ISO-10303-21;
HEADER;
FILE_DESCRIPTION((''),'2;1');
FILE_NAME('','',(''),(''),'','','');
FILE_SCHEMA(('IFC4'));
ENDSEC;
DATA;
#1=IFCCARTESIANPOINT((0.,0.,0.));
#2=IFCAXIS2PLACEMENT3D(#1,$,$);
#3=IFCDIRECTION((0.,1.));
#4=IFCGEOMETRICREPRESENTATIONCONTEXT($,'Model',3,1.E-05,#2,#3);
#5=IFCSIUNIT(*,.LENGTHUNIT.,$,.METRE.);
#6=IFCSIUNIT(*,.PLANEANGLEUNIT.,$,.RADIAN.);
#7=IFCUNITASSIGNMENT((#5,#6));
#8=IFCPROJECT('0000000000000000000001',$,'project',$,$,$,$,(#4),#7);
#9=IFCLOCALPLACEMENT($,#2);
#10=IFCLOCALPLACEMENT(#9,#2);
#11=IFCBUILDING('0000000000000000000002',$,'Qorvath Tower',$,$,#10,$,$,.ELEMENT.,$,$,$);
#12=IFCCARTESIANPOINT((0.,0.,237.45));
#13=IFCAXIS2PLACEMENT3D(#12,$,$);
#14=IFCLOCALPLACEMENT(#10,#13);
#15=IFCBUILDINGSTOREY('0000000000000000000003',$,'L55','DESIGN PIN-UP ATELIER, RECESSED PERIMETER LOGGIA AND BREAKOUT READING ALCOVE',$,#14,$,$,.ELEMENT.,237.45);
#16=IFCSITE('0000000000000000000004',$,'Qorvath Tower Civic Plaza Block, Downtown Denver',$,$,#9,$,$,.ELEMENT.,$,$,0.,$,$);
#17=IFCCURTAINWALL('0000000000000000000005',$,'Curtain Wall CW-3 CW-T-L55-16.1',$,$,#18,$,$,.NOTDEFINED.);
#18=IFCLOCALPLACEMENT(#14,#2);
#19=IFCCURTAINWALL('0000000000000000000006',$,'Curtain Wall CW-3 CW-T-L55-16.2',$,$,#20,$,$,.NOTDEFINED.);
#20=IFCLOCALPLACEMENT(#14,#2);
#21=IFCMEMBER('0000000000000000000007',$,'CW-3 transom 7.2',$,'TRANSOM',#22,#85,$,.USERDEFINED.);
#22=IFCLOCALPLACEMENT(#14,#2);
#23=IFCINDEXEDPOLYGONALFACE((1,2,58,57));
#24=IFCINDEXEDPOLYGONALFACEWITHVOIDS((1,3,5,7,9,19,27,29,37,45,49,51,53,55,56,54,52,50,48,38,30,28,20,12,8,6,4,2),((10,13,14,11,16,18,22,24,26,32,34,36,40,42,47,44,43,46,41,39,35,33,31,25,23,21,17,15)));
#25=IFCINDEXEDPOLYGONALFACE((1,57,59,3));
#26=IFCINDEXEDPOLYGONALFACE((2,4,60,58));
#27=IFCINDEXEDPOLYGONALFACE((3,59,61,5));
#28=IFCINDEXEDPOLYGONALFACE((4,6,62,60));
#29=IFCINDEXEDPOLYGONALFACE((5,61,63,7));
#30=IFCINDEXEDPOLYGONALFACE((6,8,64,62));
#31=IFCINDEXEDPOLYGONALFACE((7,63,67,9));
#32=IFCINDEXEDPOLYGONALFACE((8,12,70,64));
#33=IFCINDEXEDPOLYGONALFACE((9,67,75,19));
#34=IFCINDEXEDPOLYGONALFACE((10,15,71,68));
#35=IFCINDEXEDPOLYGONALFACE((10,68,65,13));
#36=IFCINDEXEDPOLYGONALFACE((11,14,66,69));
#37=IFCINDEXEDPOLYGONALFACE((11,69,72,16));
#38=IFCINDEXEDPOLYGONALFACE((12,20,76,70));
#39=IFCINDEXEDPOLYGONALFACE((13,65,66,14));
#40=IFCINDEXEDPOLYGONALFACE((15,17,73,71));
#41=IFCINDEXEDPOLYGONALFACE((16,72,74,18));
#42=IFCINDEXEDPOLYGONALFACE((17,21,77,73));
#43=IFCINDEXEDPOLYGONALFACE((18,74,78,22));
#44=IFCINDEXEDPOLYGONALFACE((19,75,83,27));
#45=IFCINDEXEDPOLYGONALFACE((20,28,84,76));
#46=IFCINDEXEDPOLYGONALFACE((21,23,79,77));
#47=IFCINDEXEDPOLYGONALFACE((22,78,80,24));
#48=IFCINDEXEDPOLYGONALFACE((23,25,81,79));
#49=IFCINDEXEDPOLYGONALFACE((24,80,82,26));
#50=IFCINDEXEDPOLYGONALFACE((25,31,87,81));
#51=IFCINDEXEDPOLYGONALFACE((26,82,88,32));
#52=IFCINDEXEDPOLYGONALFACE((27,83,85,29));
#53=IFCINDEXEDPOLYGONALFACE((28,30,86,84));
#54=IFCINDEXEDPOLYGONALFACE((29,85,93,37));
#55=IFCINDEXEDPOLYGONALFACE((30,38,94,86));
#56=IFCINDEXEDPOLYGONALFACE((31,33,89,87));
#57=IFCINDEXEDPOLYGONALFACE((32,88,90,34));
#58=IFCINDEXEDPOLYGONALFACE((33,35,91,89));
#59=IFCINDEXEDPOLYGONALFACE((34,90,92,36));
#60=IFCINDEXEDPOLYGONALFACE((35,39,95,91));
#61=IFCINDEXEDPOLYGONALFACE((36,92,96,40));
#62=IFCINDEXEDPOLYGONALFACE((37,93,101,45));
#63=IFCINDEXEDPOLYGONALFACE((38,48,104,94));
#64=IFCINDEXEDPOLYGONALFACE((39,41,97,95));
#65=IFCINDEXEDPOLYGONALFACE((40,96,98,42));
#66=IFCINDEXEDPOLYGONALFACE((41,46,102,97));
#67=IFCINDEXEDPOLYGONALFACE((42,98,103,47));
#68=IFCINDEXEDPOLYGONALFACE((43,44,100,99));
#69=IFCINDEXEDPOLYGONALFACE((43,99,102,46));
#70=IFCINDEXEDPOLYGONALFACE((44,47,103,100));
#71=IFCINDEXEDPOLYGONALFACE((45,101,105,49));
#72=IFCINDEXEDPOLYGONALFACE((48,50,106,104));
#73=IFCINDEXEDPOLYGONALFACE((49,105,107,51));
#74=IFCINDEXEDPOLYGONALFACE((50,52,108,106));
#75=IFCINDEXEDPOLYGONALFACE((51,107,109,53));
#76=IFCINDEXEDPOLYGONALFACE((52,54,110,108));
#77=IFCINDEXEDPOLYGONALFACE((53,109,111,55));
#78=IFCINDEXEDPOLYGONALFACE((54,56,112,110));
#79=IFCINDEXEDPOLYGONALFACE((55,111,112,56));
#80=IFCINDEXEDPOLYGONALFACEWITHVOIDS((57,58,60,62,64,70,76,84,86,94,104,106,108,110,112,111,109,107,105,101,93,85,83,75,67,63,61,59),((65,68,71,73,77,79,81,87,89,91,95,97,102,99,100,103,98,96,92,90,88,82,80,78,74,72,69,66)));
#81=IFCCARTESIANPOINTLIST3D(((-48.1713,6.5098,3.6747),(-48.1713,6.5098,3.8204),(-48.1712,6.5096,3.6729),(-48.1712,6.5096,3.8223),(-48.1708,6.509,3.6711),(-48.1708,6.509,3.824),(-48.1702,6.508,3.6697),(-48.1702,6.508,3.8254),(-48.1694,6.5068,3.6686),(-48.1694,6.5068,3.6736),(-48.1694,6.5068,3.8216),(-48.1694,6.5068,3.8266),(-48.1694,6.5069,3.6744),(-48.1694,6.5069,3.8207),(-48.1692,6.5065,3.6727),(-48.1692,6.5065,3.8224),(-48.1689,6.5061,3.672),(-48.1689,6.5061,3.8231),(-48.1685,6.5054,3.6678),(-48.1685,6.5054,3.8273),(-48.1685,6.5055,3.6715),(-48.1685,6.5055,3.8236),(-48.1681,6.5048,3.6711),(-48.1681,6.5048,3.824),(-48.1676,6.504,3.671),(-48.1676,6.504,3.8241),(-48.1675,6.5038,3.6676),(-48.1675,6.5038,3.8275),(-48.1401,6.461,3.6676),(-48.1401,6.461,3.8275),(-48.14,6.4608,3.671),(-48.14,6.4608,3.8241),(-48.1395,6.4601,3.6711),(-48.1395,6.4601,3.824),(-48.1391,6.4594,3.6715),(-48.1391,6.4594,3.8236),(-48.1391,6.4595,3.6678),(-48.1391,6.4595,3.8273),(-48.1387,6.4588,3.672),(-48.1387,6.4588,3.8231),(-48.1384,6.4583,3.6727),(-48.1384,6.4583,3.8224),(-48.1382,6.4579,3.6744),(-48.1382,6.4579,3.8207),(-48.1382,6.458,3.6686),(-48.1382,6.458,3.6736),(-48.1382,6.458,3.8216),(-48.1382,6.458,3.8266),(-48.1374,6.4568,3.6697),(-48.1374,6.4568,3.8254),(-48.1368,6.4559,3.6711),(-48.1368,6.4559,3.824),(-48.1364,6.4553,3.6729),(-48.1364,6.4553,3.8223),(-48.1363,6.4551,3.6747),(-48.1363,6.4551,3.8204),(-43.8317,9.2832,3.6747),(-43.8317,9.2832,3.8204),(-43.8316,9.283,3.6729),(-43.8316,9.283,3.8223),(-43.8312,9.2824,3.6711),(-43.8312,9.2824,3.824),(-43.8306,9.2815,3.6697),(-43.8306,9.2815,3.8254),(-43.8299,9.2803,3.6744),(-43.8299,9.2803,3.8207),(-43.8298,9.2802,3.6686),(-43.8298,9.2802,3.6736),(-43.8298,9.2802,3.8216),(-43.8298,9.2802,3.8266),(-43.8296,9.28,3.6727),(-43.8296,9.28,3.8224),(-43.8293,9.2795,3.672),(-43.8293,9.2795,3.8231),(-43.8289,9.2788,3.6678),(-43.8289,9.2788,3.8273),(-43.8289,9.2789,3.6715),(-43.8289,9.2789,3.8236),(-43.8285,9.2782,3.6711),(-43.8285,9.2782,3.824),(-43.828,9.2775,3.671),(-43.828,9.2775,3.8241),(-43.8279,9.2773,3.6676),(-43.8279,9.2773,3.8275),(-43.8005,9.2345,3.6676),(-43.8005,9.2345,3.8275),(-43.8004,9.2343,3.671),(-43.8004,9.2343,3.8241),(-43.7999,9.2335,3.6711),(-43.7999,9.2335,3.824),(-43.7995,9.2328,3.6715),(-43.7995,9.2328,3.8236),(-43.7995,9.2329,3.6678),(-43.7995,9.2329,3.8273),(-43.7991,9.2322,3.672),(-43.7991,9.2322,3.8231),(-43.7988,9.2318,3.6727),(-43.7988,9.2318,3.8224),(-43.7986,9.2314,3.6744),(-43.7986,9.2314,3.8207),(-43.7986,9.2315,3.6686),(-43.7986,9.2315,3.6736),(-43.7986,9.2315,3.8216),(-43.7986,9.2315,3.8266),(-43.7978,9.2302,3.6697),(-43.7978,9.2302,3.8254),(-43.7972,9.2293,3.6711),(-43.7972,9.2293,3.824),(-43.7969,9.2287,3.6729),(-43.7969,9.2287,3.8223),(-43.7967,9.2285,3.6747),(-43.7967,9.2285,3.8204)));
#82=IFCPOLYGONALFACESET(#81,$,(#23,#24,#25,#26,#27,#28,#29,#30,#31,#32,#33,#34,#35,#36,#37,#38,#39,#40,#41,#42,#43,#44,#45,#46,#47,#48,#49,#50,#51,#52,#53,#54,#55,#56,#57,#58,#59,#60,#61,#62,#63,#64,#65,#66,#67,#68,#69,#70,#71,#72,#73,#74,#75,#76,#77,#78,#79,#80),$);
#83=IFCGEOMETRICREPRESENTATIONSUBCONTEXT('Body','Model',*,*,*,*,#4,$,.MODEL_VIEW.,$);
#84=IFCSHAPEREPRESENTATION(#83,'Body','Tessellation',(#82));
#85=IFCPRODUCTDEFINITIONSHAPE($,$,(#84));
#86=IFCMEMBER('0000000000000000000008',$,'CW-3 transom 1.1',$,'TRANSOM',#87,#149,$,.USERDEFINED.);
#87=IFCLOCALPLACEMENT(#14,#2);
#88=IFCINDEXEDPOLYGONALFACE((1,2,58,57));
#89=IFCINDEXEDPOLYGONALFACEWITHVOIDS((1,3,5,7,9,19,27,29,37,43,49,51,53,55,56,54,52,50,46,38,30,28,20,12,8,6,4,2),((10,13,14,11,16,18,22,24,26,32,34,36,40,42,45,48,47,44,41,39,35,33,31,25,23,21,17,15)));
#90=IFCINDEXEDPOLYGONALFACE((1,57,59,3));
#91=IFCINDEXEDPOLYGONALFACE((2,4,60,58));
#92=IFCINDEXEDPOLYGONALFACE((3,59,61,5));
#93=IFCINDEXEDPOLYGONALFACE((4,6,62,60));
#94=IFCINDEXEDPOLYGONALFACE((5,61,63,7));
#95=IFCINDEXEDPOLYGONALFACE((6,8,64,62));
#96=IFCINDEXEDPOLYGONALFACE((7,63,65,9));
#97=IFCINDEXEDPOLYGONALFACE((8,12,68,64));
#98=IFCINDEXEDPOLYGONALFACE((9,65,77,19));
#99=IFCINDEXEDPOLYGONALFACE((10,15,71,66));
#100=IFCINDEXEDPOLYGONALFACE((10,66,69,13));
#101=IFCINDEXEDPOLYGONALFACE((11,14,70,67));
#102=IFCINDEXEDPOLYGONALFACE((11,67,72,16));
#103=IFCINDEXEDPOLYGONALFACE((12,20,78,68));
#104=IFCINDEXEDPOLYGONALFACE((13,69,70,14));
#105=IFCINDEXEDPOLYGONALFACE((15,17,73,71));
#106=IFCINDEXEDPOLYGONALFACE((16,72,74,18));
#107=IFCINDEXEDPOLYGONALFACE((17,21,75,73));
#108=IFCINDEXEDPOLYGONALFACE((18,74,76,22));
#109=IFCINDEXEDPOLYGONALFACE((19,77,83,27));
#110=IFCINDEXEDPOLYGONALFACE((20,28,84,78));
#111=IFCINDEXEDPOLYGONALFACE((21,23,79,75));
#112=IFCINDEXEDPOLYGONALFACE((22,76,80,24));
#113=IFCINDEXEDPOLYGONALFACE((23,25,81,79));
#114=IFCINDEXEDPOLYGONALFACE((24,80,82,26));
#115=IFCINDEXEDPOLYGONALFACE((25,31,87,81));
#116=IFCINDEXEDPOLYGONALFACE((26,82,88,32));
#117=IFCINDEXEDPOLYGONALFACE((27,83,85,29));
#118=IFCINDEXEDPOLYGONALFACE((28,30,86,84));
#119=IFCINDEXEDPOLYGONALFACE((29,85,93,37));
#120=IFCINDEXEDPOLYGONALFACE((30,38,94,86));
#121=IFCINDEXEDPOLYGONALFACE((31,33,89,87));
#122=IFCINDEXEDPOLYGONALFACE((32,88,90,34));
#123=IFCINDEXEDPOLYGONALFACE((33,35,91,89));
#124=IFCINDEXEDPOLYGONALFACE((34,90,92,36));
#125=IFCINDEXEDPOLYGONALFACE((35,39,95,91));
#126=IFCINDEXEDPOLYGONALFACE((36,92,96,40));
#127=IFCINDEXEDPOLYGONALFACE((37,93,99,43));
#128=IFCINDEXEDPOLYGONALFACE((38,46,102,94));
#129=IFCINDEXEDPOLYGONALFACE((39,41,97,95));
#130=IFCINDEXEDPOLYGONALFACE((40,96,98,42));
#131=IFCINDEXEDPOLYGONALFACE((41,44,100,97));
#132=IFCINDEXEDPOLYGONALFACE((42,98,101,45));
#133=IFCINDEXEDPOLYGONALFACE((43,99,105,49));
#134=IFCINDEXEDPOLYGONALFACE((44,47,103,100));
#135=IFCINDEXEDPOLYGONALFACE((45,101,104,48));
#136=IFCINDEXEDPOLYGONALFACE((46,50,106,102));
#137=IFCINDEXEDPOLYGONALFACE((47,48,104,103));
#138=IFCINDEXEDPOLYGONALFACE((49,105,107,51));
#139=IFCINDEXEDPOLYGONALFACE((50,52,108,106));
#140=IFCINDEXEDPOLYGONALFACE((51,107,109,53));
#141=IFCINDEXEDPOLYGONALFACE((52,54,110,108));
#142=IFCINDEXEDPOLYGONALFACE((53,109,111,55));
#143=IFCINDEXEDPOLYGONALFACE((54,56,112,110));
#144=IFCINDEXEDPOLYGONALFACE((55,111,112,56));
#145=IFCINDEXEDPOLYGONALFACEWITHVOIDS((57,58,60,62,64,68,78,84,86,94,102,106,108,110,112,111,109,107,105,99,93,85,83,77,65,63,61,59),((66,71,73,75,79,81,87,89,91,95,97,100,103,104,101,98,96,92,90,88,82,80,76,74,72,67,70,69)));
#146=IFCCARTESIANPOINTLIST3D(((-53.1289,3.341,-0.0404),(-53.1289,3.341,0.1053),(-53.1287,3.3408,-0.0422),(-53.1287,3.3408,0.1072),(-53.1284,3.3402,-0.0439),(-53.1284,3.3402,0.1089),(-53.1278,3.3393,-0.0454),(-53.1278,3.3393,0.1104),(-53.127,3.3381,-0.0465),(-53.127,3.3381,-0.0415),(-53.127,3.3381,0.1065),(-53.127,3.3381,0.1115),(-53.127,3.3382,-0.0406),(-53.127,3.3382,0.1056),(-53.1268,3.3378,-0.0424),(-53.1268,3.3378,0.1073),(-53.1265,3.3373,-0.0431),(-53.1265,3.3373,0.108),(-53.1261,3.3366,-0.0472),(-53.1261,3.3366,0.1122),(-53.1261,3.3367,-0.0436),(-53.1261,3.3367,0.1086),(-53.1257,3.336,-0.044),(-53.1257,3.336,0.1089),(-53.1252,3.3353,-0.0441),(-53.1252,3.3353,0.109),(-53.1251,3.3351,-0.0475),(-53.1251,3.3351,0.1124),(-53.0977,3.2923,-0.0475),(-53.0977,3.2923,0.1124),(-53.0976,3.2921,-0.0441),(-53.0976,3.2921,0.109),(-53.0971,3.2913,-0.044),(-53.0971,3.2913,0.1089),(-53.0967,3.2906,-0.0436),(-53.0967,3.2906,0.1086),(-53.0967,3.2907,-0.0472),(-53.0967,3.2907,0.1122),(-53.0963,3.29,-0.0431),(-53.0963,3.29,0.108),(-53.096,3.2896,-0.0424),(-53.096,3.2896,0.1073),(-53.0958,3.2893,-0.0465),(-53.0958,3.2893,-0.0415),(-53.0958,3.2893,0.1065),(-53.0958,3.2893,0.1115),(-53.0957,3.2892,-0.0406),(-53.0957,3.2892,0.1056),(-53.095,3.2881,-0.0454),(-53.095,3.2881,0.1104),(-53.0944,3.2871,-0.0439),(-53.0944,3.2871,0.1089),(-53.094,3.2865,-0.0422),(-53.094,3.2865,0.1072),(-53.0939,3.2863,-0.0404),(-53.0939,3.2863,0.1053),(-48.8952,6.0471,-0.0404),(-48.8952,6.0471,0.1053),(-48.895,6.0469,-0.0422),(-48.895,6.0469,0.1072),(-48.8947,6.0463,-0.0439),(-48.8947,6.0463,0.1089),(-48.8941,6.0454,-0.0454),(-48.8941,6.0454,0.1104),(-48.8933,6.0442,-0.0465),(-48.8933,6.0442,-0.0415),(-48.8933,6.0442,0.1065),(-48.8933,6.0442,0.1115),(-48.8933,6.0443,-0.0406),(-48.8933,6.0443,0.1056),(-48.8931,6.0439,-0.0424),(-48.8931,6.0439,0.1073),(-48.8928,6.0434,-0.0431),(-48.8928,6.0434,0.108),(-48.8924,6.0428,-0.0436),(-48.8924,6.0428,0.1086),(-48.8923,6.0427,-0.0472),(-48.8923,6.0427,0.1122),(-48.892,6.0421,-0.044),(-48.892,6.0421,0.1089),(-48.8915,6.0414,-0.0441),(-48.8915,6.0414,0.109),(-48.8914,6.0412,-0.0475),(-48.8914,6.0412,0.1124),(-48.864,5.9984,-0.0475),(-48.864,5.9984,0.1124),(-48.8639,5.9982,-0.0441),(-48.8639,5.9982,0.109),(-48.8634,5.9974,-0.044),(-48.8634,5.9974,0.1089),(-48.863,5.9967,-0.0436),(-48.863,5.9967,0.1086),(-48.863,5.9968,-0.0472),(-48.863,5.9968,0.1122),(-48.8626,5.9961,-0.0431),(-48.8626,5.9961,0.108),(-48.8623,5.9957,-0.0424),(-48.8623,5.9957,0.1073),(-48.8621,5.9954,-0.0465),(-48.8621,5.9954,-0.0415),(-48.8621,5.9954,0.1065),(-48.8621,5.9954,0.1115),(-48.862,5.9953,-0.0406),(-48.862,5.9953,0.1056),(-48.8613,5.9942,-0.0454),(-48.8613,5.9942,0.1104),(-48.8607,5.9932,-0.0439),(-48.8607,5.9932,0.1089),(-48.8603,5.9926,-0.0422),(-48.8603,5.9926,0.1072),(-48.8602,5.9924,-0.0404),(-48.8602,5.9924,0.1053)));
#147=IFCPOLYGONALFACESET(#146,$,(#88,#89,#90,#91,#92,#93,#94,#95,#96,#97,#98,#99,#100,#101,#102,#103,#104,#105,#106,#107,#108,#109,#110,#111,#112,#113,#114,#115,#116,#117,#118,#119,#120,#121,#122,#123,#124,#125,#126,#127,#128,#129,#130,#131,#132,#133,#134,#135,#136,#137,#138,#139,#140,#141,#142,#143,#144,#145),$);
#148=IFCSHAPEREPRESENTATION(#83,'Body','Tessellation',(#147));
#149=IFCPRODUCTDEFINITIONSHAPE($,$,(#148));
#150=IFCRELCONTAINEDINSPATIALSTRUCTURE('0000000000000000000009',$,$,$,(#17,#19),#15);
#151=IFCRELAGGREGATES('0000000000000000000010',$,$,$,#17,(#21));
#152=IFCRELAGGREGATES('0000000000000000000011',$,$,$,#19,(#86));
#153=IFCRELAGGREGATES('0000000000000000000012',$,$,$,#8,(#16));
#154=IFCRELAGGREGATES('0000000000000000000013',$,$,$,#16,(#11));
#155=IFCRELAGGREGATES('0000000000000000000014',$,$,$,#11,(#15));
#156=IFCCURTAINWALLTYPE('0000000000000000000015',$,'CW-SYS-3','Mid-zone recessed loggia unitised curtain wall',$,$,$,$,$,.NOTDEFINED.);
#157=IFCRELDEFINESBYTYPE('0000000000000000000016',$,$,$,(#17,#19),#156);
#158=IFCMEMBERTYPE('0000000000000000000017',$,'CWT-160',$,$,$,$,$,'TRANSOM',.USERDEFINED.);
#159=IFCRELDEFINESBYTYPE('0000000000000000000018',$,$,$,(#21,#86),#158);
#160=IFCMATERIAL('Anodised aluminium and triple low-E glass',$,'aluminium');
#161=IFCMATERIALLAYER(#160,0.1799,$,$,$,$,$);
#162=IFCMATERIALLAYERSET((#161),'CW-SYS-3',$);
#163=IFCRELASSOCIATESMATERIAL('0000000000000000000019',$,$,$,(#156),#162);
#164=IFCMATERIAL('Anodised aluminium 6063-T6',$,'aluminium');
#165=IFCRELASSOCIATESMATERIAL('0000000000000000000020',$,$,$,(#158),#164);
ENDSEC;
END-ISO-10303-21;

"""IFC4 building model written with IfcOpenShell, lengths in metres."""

from ifc_helpers import new_model, si_unit, direction, frame, origin, origin_2d, place, context, subcontext, project, spatial, hollow_rectangle, extrude, material, layer, layer_set, material_profile, profile_set, type_object, element, aggregate, save


model = new_model("IFC4")

# Units and contexts
model_context = context("Model", 3, precision=1e-05, world=origin(), true_north=direction((0.0, 1.0)))
body_context = subcontext(model_context, "Body", "Model", "MODEL_VIEW")
ifc_project = project(units=[si_unit("LENGTHUNIT", "METRE"), si_unit("PLANEANGLEUNIT", "RADIAN")], contexts=[model_context])

# Site, building, storey
site_placement = place(None, origin())
site = spatial("IfcSite", under=ifc_project, at=site_placement, Name="Qorvath Tower Civic Plaza Block, Downtown Denver", CompositionType="ELEMENT", RefElevation=0.0)
building_placement = place(site_placement, origin())
building = spatial("IfcBuilding", under=site, at=building_placement, Name="Qorvath Tower", CompositionType="ELEMENT")
storey_placement = place(building_placement, frame((0.0, 0.0, 237.45)))
storey = spatial("IfcBuildingStorey", under=building, at=storey_placement, Name="L55", Description="DESIGN PIN-UP ATELIER, RECESSED PERIMETER LOGGIA AND BREAKOUT READING ALCOVE", CompositionType="ELEMENT", Elevation=237.45)

# Curtain walls
ifc_material_1 = material(Name="Anodised aluminium and triple low-E glass", Category="aluminium")
ifc_layer_1 = layer(ifc_material_1, 0.1799)
ifc_layer_set_1 = layer_set([ifc_layer_1], Name="CW-SYS-3")
curtain_wall_type = type_object("IfcCurtainWallType", Name="CW-SYS-3", Description="Mid-zone recessed loggia unitised curtain wall", PredefinedType="NOTDEFINED", material=ifc_layer_set_1)
curtain_wall_1_placement = place(storey_placement, origin())
curtain_wall_1 = element("IfcCurtainWall", 1, at=curtain_wall_1_placement, inside=storey, type_object=curtain_wall_type, Name="Curtain Wall CW-3 CW-T-L55-16.1", PredefinedType="NOTDEFINED")
curtain_wall_2_placement = place(storey_placement, origin())
curtain_wall_2 = element("IfcCurtainWall", 2, at=curtain_wall_2_placement, inside=storey, type_object=curtain_wall_type, Name="Curtain Wall CW-3 CW-T-L55-16.2", PredefinedType="NOTDEFINED")

# Members
ifc_material_2 = material(Name="Anodised aluminium 6063-T6", Category="aluminium")
ifc_material_profile_1 = material_profile(ifc_material_2, hollow_rectangle(XDim=0.0649, YDim=0.1599, WallThickness=0.0034, InnerFilletRadius=0.0034, OuterFilletRadius=0.0071, at=origin_2d()), Name="CWT 160x65")
ifc_profile_set_1 = profile_set([ifc_material_profile_1], Name="Anodised aluminium 6063-T6")
member_type_1 = type_object("IfcMemberType", Name="CWT-160", ElementType="TRANSOM", PredefinedType="USERDEFINED", material=ifc_profile_set_1)
member_1_placement = place(storey_placement, frame((-43.8142, 9.2559, 3.7476), z_axis=(-0.842616, -0.538516, 0.0), x_axis=(0.538516, -0.842616, 0.0)))
member_1 = element("IfcMember", 3, at=member_1_placement, type_object=member_type_1, Name="CW-3 transom 7.2", ObjectType="TRANSOM", PredefinedType="USERDEFINED", context=body_context, shape_type="SweptSolid", body=[
    extrude(hollow_rectangle(XDim=0.0649, YDim=0.1599, WallThickness=0.0034, InnerFilletRadius=0.0034, OuterFilletRadius=0.0071, at=origin_2d()), origin(), (0.0, 0.0, 1.0), 5.1501),
])
member_2_placement = place(storey_placement, frame((-48.8777, 6.0198, 0.0325), z_axis=(-0.842585, -0.538563, 0.0), x_axis=(0.538563, -0.842585, 0.0)))
member_2 = element("IfcMember", 4, at=member_2_placement, type_object=member_type_1, Name="CW-3 transom 1.1", ObjectType="TRANSOM", PredefinedType="USERDEFINED", context=body_context, shape_type="SweptSolid", body=[
    extrude(hollow_rectangle(XDim=0.0649, YDim=0.1599, WallThickness=0.0034, InnerFilletRadius=0.0034, OuterFilletRadius=0.0071, at=origin_2d()), origin(), (0.0, 0.0, 1.0), 5.0247),
])

aggregate(curtain_wall_1, [member_1])
aggregate(curtain_wall_2, [member_2])

save(model, "model.ifc")
